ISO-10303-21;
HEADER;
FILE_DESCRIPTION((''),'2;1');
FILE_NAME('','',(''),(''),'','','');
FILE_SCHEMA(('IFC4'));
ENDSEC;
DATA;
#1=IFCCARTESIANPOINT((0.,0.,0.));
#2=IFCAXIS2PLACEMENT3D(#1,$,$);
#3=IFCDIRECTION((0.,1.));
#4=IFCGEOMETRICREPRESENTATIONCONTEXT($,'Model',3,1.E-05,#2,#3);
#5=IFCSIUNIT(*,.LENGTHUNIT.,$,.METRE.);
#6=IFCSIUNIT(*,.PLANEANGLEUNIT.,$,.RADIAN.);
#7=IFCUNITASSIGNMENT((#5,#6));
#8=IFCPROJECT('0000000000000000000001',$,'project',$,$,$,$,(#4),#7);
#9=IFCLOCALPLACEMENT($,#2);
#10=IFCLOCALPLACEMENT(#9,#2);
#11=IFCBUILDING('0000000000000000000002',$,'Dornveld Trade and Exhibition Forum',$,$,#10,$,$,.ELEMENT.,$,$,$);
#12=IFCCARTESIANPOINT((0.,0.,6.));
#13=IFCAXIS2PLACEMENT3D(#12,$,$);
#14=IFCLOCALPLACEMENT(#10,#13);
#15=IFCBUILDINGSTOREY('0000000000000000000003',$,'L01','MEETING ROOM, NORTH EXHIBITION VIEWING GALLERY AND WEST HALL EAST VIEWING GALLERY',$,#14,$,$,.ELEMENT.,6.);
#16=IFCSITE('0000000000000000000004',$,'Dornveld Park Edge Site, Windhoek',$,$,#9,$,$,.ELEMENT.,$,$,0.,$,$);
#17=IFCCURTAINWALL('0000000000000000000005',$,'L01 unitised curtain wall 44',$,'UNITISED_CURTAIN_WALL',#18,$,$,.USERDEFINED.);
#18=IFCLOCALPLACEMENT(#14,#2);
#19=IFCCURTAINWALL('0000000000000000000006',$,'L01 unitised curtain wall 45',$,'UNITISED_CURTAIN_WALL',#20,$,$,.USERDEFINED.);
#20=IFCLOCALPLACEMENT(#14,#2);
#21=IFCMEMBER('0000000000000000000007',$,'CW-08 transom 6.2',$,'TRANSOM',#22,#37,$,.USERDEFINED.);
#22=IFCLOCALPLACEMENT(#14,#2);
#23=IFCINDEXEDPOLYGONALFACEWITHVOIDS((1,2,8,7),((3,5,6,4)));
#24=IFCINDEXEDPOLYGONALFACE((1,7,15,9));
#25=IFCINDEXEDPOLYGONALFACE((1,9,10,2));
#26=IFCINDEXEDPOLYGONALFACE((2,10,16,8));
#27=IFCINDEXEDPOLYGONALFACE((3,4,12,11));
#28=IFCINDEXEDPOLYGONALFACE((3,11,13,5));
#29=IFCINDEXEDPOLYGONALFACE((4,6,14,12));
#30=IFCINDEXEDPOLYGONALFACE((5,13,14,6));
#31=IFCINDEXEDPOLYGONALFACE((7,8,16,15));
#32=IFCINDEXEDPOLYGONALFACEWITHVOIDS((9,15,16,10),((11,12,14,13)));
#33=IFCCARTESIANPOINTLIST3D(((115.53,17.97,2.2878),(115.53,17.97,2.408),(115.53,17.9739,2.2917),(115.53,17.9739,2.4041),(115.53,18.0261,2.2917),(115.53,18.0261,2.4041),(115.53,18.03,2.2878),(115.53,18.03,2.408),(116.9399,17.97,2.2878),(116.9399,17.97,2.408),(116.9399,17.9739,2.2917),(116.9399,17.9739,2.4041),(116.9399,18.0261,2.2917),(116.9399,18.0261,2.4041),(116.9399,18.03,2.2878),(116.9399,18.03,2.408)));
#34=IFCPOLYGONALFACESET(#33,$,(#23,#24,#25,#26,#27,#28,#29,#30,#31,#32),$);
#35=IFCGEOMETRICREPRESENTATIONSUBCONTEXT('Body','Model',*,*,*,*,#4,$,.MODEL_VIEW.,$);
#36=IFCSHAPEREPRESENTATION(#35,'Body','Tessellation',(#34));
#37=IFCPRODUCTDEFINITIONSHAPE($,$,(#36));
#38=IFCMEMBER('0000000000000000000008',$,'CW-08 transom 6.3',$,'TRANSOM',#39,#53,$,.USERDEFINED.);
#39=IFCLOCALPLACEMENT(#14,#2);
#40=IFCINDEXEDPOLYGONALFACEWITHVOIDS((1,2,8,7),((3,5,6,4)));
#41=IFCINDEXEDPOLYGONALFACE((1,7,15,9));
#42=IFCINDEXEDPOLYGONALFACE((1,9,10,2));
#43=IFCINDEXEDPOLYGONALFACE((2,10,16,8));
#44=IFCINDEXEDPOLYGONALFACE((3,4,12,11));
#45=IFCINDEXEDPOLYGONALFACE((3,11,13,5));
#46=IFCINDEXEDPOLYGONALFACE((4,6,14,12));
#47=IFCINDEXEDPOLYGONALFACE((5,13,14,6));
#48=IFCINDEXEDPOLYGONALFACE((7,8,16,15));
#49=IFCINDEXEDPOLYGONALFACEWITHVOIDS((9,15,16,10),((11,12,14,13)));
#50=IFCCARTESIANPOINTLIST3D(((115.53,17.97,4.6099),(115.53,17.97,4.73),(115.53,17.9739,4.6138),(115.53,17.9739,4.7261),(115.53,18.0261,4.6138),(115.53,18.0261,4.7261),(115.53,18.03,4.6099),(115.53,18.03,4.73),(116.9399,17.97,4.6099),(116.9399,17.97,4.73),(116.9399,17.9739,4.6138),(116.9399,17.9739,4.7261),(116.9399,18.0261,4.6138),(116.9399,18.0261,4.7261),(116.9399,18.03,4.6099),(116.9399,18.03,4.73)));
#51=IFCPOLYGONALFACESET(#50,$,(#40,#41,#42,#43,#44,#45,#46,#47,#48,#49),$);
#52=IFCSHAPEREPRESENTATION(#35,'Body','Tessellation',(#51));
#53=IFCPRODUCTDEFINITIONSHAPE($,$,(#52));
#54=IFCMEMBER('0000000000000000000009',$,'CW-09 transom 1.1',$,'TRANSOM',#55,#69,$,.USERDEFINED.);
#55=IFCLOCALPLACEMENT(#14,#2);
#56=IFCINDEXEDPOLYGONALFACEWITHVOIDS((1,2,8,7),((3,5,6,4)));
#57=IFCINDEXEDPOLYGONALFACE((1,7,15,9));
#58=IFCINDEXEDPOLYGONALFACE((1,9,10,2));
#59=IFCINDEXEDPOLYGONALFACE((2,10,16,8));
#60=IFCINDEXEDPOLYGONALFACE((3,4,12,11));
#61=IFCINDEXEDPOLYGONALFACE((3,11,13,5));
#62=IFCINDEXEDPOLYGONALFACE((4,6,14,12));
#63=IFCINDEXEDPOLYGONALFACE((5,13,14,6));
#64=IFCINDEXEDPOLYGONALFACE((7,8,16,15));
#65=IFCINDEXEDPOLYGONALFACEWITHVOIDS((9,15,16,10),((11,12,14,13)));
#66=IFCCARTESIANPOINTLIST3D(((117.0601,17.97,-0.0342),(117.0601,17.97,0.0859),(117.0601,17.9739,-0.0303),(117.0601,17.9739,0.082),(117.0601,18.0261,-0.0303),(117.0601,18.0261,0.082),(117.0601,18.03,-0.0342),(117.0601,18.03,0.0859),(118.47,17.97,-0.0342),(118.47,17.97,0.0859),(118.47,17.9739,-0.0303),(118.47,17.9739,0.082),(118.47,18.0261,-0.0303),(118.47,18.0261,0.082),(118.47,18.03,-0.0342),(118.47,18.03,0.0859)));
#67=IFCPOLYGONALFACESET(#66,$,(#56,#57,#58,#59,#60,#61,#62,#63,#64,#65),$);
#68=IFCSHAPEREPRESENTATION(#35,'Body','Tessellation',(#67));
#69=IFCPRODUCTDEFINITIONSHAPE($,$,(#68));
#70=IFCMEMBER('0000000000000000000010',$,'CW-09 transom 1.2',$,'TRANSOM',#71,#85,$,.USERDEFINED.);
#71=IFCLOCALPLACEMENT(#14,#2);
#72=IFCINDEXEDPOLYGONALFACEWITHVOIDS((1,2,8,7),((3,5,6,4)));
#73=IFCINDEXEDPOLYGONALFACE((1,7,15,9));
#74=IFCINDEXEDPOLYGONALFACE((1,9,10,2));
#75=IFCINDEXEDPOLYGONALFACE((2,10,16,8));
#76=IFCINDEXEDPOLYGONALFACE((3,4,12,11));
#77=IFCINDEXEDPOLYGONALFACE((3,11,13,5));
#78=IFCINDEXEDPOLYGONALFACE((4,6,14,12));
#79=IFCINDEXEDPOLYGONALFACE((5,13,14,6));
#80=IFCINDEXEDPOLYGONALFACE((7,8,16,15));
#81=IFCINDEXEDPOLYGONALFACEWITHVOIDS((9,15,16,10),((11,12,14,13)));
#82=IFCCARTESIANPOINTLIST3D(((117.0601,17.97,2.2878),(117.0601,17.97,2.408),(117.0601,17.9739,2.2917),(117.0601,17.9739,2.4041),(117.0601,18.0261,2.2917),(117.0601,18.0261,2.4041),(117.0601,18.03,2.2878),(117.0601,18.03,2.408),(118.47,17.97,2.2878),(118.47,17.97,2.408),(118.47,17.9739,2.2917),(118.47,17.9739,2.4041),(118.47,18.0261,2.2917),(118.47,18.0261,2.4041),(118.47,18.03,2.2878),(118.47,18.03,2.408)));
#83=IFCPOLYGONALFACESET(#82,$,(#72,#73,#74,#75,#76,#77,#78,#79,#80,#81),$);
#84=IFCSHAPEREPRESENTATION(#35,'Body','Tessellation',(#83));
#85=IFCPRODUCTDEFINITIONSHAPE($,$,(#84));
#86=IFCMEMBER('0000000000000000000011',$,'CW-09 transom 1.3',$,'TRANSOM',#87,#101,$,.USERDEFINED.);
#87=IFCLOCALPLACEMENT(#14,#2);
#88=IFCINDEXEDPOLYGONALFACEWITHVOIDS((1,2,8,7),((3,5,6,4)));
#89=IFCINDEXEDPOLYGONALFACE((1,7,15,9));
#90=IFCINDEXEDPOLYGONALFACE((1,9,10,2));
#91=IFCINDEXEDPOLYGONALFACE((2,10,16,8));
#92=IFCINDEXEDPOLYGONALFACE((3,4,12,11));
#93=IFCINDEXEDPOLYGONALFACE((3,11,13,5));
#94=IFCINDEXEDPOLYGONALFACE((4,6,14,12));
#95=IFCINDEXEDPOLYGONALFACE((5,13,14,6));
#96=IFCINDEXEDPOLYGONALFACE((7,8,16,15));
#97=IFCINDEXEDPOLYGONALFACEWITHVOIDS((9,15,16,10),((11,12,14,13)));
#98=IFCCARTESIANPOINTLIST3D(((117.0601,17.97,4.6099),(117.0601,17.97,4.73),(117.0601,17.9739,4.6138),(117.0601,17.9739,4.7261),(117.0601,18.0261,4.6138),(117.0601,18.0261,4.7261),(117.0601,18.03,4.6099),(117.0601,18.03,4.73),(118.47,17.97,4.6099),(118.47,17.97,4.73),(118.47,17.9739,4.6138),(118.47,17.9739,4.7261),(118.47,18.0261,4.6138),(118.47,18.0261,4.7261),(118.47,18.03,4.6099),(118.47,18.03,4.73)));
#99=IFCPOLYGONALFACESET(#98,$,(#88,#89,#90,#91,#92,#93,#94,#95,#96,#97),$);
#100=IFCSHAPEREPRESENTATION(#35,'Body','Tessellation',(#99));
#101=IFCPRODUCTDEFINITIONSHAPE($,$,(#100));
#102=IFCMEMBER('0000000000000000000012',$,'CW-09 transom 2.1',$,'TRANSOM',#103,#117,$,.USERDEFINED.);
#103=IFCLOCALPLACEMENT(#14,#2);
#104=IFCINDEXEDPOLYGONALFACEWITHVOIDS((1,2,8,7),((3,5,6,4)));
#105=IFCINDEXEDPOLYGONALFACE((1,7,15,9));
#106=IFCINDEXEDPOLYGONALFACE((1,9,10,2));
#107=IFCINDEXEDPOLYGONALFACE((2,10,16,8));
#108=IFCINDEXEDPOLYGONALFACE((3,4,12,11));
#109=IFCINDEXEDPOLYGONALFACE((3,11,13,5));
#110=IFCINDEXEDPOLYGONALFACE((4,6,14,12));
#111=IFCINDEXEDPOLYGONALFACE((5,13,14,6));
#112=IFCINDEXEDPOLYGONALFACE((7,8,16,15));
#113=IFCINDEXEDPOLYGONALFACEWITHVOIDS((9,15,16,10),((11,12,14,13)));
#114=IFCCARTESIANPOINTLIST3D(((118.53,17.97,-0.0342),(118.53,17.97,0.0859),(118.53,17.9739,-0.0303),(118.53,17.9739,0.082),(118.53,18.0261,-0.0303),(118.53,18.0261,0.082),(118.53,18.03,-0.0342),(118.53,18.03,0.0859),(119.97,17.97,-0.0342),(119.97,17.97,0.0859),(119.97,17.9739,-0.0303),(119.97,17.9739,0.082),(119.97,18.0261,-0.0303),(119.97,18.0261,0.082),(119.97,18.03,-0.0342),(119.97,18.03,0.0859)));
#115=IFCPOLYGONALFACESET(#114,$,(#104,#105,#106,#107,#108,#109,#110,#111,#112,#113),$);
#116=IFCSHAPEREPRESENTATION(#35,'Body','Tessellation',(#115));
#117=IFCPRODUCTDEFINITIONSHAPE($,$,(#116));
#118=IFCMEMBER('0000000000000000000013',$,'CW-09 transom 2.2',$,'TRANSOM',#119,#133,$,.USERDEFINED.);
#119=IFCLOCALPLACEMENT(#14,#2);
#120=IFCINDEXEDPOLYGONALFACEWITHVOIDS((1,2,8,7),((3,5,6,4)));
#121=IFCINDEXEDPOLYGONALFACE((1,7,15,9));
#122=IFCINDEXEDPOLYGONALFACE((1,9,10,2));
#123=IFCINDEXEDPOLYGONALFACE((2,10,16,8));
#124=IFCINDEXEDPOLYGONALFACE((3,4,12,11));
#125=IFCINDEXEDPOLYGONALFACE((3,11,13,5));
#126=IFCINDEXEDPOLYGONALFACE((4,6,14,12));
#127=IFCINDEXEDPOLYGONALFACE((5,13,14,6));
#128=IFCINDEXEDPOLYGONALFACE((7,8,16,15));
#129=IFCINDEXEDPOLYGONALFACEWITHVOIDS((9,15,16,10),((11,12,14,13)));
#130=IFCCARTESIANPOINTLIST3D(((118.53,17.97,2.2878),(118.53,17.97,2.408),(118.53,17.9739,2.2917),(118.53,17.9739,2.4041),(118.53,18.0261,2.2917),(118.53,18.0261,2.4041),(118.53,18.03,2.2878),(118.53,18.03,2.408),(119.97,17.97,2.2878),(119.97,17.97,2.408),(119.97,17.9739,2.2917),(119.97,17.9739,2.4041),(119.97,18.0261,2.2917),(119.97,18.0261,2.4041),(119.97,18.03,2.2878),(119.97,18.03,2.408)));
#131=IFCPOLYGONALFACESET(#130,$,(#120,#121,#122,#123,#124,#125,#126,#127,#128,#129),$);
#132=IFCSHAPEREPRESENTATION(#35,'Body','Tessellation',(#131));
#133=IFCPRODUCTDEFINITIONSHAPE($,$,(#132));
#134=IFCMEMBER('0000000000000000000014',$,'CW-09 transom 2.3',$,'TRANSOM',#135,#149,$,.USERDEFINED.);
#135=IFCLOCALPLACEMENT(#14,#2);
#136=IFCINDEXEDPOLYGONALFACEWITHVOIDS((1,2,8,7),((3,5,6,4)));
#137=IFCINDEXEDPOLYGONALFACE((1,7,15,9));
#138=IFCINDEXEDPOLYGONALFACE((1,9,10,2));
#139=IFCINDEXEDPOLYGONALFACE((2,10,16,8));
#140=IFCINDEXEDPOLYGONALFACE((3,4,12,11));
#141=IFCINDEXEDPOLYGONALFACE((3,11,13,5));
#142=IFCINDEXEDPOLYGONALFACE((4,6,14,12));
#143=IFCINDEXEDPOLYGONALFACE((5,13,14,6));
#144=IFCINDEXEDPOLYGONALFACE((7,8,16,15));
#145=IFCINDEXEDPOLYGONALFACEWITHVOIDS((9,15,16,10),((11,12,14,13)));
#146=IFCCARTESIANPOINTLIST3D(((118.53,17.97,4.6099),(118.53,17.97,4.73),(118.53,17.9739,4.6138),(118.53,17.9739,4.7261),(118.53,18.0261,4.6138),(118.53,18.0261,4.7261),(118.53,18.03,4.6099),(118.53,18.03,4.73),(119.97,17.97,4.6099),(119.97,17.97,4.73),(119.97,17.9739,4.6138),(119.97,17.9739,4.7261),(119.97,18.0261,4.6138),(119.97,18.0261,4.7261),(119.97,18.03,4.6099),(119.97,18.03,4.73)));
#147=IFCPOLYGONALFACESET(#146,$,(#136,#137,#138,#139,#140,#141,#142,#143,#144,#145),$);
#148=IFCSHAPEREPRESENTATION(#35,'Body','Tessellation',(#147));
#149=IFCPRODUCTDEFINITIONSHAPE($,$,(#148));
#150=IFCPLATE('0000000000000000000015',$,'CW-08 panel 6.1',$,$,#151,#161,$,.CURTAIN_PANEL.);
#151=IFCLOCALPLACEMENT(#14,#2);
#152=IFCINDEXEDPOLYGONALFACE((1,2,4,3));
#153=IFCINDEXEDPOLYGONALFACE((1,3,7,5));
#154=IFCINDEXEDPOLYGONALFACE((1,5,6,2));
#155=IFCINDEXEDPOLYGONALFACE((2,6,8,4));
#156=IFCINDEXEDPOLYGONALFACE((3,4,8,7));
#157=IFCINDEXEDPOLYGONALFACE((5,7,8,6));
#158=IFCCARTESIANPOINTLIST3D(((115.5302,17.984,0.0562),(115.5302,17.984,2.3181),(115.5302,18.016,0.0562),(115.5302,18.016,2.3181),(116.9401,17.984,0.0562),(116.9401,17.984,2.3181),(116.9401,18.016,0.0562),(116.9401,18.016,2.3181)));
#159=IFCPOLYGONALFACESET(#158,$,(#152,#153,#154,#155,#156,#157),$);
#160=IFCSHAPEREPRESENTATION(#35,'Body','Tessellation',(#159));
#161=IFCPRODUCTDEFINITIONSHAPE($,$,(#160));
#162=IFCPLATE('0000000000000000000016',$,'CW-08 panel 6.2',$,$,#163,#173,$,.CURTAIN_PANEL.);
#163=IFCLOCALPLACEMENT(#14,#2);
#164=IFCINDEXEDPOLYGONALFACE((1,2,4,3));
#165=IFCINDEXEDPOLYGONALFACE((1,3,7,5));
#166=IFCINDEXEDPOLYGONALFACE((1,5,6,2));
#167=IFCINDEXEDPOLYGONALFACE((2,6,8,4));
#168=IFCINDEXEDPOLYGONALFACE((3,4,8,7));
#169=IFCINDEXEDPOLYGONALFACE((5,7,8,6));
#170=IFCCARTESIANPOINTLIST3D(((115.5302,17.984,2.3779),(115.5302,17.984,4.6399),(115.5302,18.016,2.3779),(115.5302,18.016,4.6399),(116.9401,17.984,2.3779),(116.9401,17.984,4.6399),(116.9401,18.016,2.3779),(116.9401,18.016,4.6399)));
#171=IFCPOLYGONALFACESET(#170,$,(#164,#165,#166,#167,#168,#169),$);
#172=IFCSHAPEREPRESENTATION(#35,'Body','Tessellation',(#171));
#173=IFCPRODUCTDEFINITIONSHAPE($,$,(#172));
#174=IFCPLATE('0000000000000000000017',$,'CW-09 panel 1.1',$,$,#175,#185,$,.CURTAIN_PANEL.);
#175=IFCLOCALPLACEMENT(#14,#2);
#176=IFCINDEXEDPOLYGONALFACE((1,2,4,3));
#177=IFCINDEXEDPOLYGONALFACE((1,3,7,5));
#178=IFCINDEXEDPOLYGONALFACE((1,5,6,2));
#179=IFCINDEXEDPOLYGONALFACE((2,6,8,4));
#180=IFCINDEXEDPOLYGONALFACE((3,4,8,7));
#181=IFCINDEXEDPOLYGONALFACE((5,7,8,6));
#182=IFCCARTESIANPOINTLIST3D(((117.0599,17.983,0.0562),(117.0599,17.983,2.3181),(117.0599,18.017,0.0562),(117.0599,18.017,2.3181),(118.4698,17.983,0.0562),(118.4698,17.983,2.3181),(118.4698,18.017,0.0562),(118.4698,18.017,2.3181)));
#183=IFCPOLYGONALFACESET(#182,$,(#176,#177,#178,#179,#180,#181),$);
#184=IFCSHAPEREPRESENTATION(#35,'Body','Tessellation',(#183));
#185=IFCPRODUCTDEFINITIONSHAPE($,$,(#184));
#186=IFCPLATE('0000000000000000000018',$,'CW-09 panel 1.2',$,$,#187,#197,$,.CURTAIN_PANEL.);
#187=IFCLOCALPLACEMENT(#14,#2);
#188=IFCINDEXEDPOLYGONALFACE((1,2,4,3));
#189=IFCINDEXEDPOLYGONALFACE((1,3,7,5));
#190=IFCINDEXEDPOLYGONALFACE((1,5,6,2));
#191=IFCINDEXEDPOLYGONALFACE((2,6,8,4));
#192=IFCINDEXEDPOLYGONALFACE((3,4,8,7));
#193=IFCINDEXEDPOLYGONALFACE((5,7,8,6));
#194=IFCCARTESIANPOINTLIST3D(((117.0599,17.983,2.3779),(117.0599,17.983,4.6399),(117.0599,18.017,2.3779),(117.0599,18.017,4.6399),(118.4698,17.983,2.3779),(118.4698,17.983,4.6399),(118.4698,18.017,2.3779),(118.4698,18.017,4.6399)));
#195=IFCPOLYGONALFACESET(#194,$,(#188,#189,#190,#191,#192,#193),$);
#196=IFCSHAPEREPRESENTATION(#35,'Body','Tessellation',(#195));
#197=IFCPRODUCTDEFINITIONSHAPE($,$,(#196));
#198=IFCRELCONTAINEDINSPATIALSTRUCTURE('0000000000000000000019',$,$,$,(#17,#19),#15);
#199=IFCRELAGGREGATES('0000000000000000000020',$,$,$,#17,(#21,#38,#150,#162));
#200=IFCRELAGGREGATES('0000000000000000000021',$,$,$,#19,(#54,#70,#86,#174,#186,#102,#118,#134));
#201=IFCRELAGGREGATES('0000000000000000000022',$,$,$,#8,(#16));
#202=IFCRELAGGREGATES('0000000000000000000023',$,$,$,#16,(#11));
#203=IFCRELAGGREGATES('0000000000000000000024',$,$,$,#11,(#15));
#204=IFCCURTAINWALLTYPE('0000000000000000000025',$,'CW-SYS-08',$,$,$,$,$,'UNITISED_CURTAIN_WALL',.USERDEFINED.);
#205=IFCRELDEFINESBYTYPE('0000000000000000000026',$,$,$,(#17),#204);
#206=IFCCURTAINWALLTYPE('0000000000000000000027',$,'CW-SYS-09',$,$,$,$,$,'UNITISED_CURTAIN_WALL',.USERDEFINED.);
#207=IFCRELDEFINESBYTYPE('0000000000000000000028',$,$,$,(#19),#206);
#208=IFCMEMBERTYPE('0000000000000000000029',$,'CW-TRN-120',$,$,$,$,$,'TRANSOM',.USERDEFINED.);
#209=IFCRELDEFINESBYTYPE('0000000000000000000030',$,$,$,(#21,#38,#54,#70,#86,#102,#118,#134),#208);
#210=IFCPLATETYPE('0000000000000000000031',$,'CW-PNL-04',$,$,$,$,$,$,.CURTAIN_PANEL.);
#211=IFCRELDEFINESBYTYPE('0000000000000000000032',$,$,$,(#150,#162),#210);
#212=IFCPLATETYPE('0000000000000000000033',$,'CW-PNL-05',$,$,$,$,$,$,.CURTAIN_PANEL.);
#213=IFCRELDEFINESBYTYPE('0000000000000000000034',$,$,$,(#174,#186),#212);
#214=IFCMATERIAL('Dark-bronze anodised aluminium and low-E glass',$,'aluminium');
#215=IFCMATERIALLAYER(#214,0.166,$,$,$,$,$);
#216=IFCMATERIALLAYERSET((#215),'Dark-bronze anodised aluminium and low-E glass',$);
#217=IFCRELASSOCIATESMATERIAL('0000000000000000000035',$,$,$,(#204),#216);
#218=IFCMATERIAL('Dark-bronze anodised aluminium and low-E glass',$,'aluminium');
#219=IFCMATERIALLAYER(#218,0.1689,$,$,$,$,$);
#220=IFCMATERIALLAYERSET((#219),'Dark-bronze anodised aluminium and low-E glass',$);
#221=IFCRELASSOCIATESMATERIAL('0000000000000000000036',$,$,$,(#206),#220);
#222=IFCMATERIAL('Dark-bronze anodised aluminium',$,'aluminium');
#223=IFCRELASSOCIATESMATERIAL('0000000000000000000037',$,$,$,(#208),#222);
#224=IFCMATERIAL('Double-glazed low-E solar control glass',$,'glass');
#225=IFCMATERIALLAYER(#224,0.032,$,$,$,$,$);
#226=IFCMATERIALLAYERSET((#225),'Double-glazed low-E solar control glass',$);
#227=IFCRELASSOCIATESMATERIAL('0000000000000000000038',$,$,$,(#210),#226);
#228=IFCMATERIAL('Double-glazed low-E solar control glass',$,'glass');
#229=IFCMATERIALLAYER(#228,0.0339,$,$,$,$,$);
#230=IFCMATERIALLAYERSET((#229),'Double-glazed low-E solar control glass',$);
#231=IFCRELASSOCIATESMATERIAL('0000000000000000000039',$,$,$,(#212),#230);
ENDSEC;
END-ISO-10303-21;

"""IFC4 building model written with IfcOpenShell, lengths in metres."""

from ifc_helpers import new_model, si_unit, direction, frame, origin, origin_2d, place, context, subcontext, project, spatial, rectangle, hollow_rectangle, extrude, material, layer, layer_set, material_profile, profile_set, type_object, element, aggregate, save


model = new_model("IFC4")

# Units and contexts
model_context = context("Model", 3, precision=1e-05, world=origin(), true_north=direction((0.0, 1.0)))
body_context = subcontext(model_context, "Body", "Model", "MODEL_VIEW")
ifc_project = project(units=[si_unit("LENGTHUNIT", "METRE"), si_unit("PLANEANGLEUNIT", "RADIAN")], contexts=[model_context])

# Site, building, storey
site_placement = place(None, origin())
site = spatial("IfcSite", under=ifc_project, at=site_placement, Name="Dornveld Park Edge Site, Windhoek", CompositionType="ELEMENT", RefElevation=0.0)
building_placement = place(site_placement, origin())
building = spatial("IfcBuilding", under=site, at=building_placement, Name="Dornveld Trade and Exhibition Forum", CompositionType="ELEMENT")
storey_placement = place(building_placement, frame((0.0, 0.0, 6.0)))
storey = spatial("IfcBuildingStorey", under=building, at=storey_placement, Name="L01", Description="MEETING ROOM, NORTH EXHIBITION VIEWING GALLERY AND WEST HALL EAST VIEWING GALLERY", CompositionType="ELEMENT", Elevation=6.0)

# Curtain walls
ifc_material_1 = material(Name="Dark-bronze anodised aluminium and low-E glass", Category="aluminium")
ifc_layer_1 = layer(ifc_material_1, 0.166)
ifc_layer_set_1 = layer_set([ifc_layer_1], Name="Dark-bronze anodised aluminium and low-E glass")
curtain_wall_type_1 = type_object("IfcCurtainWallType", Name="CW-SYS-08", ElementType="UNITISED_CURTAIN_WALL", PredefinedType="USERDEFINED", material=ifc_layer_set_1)
curtain_wall_1_placement = place(storey_placement, origin())
curtain_wall_1 = element("IfcCurtainWall", 1, at=curtain_wall_1_placement, inside=storey, type_object=curtain_wall_type_1, Name="L01 unitised curtain wall 44", ObjectType="UNITISED_CURTAIN_WALL", PredefinedType="USERDEFINED")
ifc_material_2 = material(Name="Dark-bronze anodised aluminium and low-E glass", Category="aluminium")
ifc_layer_2 = layer(ifc_material_2, 0.1689)
ifc_layer_set_2 = layer_set([ifc_layer_2], Name="Dark-bronze anodised aluminium and low-E glass")
curtain_wall_type_2 = type_object("IfcCurtainWallType", Name="CW-SYS-09", ElementType="UNITISED_CURTAIN_WALL", PredefinedType="USERDEFINED", material=ifc_layer_set_2)
curtain_wall_2_placement = place(storey_placement, origin())
curtain_wall_2 = element("IfcCurtainWall", 2, at=curtain_wall_2_placement, inside=storey, type_object=curtain_wall_type_2, Name="L01 unitised curtain wall 45", ObjectType="UNITISED_CURTAIN_WALL", PredefinedType="USERDEFINED")

# Members
ifc_material_3 = material(Name="Dark-bronze anodised aluminium", Category="aluminium")
ifc_material_profile_1 = material_profile(ifc_material_3, hollow_rectangle(XDim=0.0601, YDim=0.1201, WallThickness=0.0039, at=origin_2d()), Name="RHS 120x60x4")
ifc_profile_set_1 = profile_set([ifc_material_profile_1], Name="Dark-bronze anodised aluminium")
member_type_1 = type_object("IfcMemberType", Name="CW-TRN-120", ElementType="TRANSOM", PredefinedType="USERDEFINED", material=ifc_profile_set_1)
member_1_placement = place(storey_placement, frame((115.53, 18.0, 2.3479), z_axis=(1.0, 0.0, 0.0), x_axis=(0.0, 1.0, 0.0)))
member_1 = element("IfcMember", 3, at=member_1_placement, type_object=member_type_1, Name="CW-08 transom 6.2", ObjectType="TRANSOM", PredefinedType="USERDEFINED", context=body_context, shape_type="SweptSolid", body=[
    extrude(hollow_rectangle(XDim=0.0601, YDim=0.1201, WallThickness=0.0039, at=origin_2d()), origin(), (0.0, 0.0, 1.0), 1.4099),
])
member_2_placement = place(storey_placement, frame((115.53, 18.0, 4.6699), z_axis=(1.0, 0.0, 0.0), x_axis=(0.0, 1.0, 0.0)))
member_2 = element("IfcMember", 4, at=member_2_placement, type_object=member_type_1, Name="CW-08 transom 6.3", ObjectType="TRANSOM", PredefinedType="USERDEFINED", context=body_context, shape_type="SweptSolid", body=[
    extrude(hollow_rectangle(XDim=0.0601, YDim=0.1201, WallThickness=0.0039, at=origin_2d()), origin(), (0.0, 0.0, 1.0), 1.4099),
])
member_3_placement = place(storey_placement, frame((117.0601, 18.0, 0.0259), z_axis=(1.0, 0.0, 0.0), x_axis=(0.0, 1.0, 0.0)))
member_3 = element("IfcMember", 5, at=member_3_placement, type_object=member_type_1, Name="CW-09 transom 1.1", ObjectType="TRANSOM", PredefinedType="USERDEFINED", context=body_context, shape_type="SweptSolid", body=[
    extrude(hollow_rectangle(XDim=0.0601, YDim=0.1201, WallThickness=0.0039, at=origin_2d()), origin(), (0.0, 0.0, 1.0), 1.4099),
])
member_4_placement = place(storey_placement, frame((117.0601, 18.0, 2.3479), z_axis=(1.0, 0.0, 0.0), x_axis=(0.0, 1.0, 0.0)))
member_4 = element("IfcMember", 6, at=member_4_placement, type_object=member_type_1, Name="CW-09 transom 1.2", ObjectType="TRANSOM", PredefinedType="USERDEFINED", context=body_context, shape_type="SweptSolid", body=[
    extrude(hollow_rectangle(XDim=0.0601, YDim=0.1201, WallThickness=0.0039, at=origin_2d()), origin(), (0.0, 0.0, 1.0), 1.4099),
])
member_5_placement = place(storey_placement, frame((117.0601, 18.0, 4.6699), z_axis=(1.0, 0.0, 0.0), x_axis=(0.0, 1.0, 0.0)))
member_5 = element("IfcMember", 7, at=member_5_placement, type_object=member_type_1, Name="CW-09 transom 1.3", ObjectType="TRANSOM", PredefinedType="USERDEFINED", context=body_context, shape_type="SweptSolid", body=[
    extrude(hollow_rectangle(XDim=0.0601, YDim=0.1201, WallThickness=0.0039, at=origin_2d()), origin(), (0.0, 0.0, 1.0), 1.4099),
])
member_6_placement = place(storey_placement, frame((118.53, 18.0, 0.0259), z_axis=(1.0, 0.0, 0.0), x_axis=(0.0, 1.0, 0.0)))
member_6 = element("IfcMember", 8, at=member_6_placement, type_object=member_type_1, Name="CW-09 transom 2.1", ObjectType="TRANSOM", PredefinedType="USERDEFINED", context=body_context, shape_type="SweptSolid", body=[
    extrude(hollow_rectangle(XDim=0.0601, YDim=0.1201, WallThickness=0.0039, at=origin_2d()), origin(), (0.0, 0.0, 1.0), 1.4399),
])
member_7_placement = place(storey_placement, frame((118.53, 18.0, 2.3479), z_axis=(1.0, 0.0, 0.0), x_axis=(0.0, 1.0, 0.0)))
member_7 = element("IfcMember", 9, at=member_7_placement, type_object=member_type_1, Name="CW-09 transom 2.2", ObjectType="TRANSOM", PredefinedType="USERDEFINED", context=body_context, shape_type="SweptSolid", body=[
    extrude(hollow_rectangle(XDim=0.0601, YDim=0.1201, WallThickness=0.0039, at=origin_2d()), origin(), (0.0, 0.0, 1.0), 1.4399),
])
member_8_placement = place(storey_placement, frame((118.53, 18.0, 4.6699), z_axis=(1.0, 0.0, 0.0), x_axis=(0.0, 1.0, 0.0)))
member_8 = element("IfcMember", 10, at=member_8_placement, type_object=member_type_1, Name="CW-09 transom 2.3", ObjectType="TRANSOM", PredefinedType="USERDEFINED", context=body_context, shape_type="SweptSolid", body=[
    extrude(hollow_rectangle(XDim=0.0601, YDim=0.1201, WallThickness=0.0039, at=origin_2d()), origin(), (0.0, 0.0, 1.0), 1.4399),
])

# Plates
ifc_material_4 = material(Name="Double-glazed low-E solar control glass", Category="glass")
ifc_layer_3 = layer(ifc_material_4, 0.032)
ifc_layer_set_3 = layer_set([ifc_layer_3], Name="Double-glazed low-E solar control glass")
plate_type_1 = type_object("IfcPlateType", Name="CW-PNL-04", PredefinedType="CURTAIN_PANEL", material=ifc_layer_set_3)
plate_1_placement = place(storey_placement, frame((116.2351, 18.0, 0.0562), z_axis=(0.0, 0.0, 1.0), x_axis=(1.0, 0.0, 0.0)))
plate_1 = element("IfcPlate", 11, at=plate_1_placement, type_object=plate_type_1, Name="CW-08 panel 6.1", PredefinedType="CURTAIN_PANEL", context=body_context, shape_type="SweptSolid", body=[
    extrude(rectangle(XDim=1.4099, YDim=0.032, at=origin_2d()), origin(), (0.0, 0.0, 1.0), 2.262),
])
plate_2_placement = place(storey_placement, frame((116.2351, 18.0, 2.3779), z_axis=(0.0, 0.0, 1.0), x_axis=(1.0, 0.0, 0.0)))
plate_2 = element("IfcPlate", 12, at=plate_2_placement, type_object=plate_type_1, Name="CW-08 panel 6.2", PredefinedType="CURTAIN_PANEL", context=body_context, shape_type="SweptSolid", body=[
    extrude(rectangle(XDim=1.4099, YDim=0.032, at=origin_2d()), origin(), (0.0, 0.0, 1.0), 2.262),
])
aggregate(curtain_wall_1, [member_1, member_2, plate_1, plate_2])
ifc_material_5 = material(Name="Double-glazed low-E solar control glass", Category="glass")
ifc_layer_4 = layer(ifc_material_5, 0.0339)
ifc_layer_set_4 = layer_set([ifc_layer_4], Name="Double-glazed low-E solar control glass")
plate_type_2 = type_object("IfcPlateType", Name="CW-PNL-05", PredefinedType="CURTAIN_PANEL", material=ifc_layer_set_4)
plate_3_placement = place(storey_placement, frame((117.7649, 18.0, 0.0562), z_axis=(0.0, 0.0, 1.0), x_axis=(1.0, 0.0, 0.0)))
plate_3 = element("IfcPlate", 13, at=plate_3_placement, type_object=plate_type_2, Name="CW-09 panel 1.1", PredefinedType="CURTAIN_PANEL", context=body_context, shape_type="SweptSolid", body=[
    extrude(rectangle(XDim=1.4099, YDim=0.0339, at=origin_2d()), origin(), (0.0, 0.0, 1.0), 2.262),
])
plate_4_placement = place(storey_placement, frame((117.7649, 18.0, 2.3779), z_axis=(0.0, 0.0, 1.0), x_axis=(1.0, 0.0, 0.0)))
plate_4 = element("IfcPlate", 14, at=plate_4_placement, type_object=plate_type_2, Name="CW-09 panel 1.2", PredefinedType="CURTAIN_PANEL", context=body_context, shape_type="SweptSolid", body=[
    extrude(rectangle(XDim=1.4099, YDim=0.0339, at=origin_2d()), origin(), (0.0, 0.0, 1.0), 2.262),
])
aggregate(curtain_wall_2, [member_3, member_4, member_5, plate_3, plate_4, member_6, member_7, member_8])

save(model, "model.ifc")
